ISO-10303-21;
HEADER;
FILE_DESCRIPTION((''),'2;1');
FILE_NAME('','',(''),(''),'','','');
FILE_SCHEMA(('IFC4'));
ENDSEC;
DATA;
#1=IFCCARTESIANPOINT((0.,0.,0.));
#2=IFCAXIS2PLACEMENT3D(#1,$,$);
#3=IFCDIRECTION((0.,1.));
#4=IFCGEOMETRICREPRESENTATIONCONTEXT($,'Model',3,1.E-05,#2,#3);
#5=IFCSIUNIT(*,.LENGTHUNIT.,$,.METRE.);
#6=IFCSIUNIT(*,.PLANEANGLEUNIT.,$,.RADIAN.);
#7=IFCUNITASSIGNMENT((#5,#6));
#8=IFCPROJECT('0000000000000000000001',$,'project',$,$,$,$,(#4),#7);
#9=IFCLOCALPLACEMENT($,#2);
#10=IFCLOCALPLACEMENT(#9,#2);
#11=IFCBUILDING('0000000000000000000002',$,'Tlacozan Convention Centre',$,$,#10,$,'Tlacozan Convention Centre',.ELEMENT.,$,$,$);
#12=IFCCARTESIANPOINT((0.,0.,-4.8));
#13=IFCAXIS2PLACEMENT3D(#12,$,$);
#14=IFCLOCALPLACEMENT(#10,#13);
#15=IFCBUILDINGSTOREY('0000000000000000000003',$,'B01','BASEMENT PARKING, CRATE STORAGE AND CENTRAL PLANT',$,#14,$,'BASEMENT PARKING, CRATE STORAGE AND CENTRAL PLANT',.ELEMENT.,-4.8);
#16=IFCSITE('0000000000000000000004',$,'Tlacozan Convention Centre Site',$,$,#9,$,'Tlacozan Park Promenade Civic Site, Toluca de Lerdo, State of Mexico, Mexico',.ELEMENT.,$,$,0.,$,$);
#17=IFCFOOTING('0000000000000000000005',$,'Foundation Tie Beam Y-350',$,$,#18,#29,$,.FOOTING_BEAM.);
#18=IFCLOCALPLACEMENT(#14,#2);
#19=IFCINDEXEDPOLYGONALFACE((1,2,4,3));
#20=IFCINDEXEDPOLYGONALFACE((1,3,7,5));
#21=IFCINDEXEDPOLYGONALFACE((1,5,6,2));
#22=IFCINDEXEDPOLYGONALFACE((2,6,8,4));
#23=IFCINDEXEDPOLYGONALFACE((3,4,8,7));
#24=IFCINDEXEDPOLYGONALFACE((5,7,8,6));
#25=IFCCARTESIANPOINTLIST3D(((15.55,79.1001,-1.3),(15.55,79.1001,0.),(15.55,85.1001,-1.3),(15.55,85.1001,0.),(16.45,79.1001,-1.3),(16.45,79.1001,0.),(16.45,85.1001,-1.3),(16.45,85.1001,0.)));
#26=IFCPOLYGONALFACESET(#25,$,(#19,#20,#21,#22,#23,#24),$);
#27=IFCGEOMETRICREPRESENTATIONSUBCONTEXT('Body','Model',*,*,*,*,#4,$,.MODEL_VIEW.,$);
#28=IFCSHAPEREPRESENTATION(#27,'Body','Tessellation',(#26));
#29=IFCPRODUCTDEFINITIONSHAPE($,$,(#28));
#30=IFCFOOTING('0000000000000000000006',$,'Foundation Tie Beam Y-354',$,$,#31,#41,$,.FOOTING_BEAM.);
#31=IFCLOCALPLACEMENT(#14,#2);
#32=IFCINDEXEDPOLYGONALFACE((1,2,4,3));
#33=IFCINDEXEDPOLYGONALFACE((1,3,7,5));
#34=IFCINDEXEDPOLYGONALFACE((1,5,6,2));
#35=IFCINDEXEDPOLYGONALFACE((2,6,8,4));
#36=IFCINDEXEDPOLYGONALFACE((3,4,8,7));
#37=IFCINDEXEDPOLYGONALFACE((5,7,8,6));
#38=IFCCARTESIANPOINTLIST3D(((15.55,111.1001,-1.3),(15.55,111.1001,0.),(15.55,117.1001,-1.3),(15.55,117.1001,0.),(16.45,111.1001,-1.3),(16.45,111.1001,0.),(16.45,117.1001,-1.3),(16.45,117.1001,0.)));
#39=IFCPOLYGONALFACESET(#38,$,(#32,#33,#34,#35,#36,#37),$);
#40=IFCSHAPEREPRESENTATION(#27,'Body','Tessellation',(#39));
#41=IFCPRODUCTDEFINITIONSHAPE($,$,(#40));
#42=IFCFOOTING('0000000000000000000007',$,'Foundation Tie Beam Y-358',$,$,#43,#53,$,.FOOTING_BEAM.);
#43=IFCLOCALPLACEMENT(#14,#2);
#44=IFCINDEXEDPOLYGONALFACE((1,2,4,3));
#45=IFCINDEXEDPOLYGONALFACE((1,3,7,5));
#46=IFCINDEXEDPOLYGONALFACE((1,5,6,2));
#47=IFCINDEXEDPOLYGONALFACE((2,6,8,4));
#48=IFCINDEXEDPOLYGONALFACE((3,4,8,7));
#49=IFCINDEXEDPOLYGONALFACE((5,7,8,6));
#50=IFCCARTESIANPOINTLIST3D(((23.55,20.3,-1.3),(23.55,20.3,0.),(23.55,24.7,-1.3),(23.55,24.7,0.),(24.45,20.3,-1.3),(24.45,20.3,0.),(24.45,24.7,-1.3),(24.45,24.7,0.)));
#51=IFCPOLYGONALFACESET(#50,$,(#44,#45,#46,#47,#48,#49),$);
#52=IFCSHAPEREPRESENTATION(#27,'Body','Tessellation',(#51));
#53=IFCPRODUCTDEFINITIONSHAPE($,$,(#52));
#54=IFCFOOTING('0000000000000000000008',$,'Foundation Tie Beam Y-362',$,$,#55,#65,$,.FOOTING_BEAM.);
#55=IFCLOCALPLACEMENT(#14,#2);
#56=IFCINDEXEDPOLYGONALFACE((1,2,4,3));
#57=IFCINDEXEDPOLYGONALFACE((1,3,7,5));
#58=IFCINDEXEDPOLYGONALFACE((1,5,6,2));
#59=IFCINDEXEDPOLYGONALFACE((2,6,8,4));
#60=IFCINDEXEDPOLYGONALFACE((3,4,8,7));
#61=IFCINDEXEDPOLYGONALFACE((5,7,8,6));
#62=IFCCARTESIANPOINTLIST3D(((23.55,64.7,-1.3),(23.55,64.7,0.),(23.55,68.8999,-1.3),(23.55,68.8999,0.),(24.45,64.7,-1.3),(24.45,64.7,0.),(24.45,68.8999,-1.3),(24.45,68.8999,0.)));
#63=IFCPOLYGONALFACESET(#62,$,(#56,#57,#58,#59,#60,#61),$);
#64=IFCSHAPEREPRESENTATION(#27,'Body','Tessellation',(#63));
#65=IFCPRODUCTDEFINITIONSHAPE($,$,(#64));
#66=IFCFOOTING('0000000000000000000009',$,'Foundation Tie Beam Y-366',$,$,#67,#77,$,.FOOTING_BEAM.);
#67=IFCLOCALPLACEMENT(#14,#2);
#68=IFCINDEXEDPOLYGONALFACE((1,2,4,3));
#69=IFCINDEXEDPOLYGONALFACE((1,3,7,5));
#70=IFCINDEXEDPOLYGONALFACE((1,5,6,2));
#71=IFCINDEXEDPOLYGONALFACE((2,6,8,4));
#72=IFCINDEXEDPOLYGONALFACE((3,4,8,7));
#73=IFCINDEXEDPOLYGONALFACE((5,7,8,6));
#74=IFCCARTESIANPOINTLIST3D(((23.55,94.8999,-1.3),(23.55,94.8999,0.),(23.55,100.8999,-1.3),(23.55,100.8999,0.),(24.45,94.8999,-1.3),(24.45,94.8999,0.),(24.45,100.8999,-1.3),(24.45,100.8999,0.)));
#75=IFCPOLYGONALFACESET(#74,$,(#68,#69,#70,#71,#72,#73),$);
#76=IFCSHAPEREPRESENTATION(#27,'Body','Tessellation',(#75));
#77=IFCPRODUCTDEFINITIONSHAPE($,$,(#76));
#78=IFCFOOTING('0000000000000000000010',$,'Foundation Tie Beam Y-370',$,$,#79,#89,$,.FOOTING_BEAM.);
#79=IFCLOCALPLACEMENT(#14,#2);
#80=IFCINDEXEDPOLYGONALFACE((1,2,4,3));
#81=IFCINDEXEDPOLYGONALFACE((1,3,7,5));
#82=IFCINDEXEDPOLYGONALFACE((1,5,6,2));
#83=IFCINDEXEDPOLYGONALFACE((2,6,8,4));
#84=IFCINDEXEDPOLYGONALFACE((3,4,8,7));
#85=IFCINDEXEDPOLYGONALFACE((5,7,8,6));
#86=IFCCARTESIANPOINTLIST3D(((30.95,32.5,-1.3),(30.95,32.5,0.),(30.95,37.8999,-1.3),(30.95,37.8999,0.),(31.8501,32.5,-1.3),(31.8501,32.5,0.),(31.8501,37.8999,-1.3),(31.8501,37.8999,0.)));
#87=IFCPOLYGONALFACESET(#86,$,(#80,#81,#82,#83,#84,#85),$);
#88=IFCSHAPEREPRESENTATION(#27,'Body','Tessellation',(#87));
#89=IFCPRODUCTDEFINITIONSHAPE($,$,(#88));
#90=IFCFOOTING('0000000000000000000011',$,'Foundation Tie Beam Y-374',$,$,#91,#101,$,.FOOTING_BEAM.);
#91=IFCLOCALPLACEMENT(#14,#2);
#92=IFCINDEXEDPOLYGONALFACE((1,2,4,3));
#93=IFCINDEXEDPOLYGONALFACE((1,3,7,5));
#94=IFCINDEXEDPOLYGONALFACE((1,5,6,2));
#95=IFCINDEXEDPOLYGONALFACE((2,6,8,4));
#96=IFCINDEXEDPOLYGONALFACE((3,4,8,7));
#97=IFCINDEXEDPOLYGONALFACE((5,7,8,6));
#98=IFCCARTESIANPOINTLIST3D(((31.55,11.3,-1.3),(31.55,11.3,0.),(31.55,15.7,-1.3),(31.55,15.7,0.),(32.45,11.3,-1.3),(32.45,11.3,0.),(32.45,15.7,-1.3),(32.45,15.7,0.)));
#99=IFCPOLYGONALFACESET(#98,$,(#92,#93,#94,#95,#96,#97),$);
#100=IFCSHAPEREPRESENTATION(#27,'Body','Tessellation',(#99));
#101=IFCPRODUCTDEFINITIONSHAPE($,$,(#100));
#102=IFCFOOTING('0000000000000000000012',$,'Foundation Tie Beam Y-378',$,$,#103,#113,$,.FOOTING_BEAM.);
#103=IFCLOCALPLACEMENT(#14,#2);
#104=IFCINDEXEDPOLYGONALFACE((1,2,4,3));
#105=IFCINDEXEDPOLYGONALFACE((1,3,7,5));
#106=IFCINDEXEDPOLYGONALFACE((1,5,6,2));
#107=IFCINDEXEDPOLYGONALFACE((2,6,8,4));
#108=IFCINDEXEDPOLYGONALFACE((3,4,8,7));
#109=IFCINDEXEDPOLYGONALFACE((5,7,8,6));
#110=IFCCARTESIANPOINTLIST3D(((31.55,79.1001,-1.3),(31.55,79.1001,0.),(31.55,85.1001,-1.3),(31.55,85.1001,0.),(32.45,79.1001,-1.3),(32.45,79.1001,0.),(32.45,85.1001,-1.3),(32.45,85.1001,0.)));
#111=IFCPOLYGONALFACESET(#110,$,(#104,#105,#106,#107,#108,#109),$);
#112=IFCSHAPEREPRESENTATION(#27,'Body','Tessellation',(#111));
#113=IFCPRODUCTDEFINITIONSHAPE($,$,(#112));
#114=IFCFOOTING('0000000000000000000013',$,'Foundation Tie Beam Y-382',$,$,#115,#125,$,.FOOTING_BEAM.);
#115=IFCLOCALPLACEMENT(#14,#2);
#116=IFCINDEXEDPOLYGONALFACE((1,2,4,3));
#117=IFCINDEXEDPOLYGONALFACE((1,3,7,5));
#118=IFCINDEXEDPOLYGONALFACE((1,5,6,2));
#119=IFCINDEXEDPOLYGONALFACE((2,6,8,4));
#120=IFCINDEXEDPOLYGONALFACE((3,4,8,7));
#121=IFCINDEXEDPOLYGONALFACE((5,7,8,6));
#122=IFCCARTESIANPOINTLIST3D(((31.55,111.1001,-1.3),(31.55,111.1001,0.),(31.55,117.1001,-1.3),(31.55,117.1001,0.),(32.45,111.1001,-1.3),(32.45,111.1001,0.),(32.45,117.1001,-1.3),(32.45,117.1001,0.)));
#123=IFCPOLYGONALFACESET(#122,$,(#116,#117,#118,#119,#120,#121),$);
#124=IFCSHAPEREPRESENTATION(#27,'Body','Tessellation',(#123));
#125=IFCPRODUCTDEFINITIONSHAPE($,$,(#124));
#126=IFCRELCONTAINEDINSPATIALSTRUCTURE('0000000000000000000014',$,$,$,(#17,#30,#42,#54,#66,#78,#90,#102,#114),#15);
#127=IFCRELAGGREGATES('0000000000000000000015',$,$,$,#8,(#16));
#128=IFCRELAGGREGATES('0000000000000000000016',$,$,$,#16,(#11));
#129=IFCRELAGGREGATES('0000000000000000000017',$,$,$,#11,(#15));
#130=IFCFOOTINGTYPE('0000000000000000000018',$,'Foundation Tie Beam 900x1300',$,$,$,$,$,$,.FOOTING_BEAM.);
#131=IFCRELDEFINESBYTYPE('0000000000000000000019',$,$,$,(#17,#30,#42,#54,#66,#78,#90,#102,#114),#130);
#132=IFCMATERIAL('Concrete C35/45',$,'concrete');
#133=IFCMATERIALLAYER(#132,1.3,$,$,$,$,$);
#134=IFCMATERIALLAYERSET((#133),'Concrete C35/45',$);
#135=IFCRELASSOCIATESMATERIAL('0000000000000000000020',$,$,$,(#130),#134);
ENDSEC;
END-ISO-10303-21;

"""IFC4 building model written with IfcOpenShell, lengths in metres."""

from ifc_helpers import new_model, si_unit, direction, frame, origin, place, context, subcontext, project, spatial, polyline, outline, extrude, material, layer, layer_set, type_object, element, save


model = new_model("IFC4")

# Units and contexts
model_context = context("Model", 3, precision=1e-05, world=origin(), true_north=direction((0.0, 1.0)))
body_context = subcontext(model_context, "Body", "Model", "MODEL_VIEW")
ifc_project = project(units=[si_unit("LENGTHUNIT", "METRE"), si_unit("PLANEANGLEUNIT", "RADIAN")], contexts=[model_context])

# Site, building, storey
site_placement = place(None, origin())
site = spatial("IfcSite", under=ifc_project, at=site_placement, Name="Tlacozan Convention Centre Site", LongName="Tlacozan Park Promenade Civic Site, Toluca de Lerdo, State of Mexico, Mexico", CompositionType="ELEMENT", RefElevation=0.0)
building_placement = place(site_placement, origin())
building = spatial("IfcBuilding", under=site, at=building_placement, Name="Tlacozan Convention Centre", LongName="Tlacozan Convention Centre", CompositionType="ELEMENT")
storey_placement = place(building_placement, frame((0.0, 0.0, -4.8)))
storey = spatial("IfcBuildingStorey", under=building, at=storey_placement, Name="B01", Description="BASEMENT PARKING, CRATE STORAGE AND CENTRAL PLANT", LongName="BASEMENT PARKING, CRATE STORAGE AND CENTRAL PLANT", CompositionType="ELEMENT", Elevation=-4.8)

# Footings
ifc_material = material(Name="Concrete C35/45", Category="concrete")
ifc_layer = layer(ifc_material, 1.3)
ifc_layer_set = layer_set([ifc_layer], Name="Concrete C35/45")
footing_type = type_object("IfcFootingType", Name="Foundation Tie Beam 900x1300", PredefinedType="FOOTING_BEAM", material=ifc_layer_set)
footing_1_placement = place(storey_placement, frame((0.0, 0.0, -1.3)))
element("IfcFooting", 1, at=footing_1_placement, inside=storey, type_object=footing_type, Name="Foundation Tie Beam Y-350", PredefinedType="FOOTING_BEAM", context=body_context, shape_type="SweptSolid", body=[
    extrude(outline(polyline([(15.55, 79.1001), (16.45, 79.1001), (16.45, 85.1001), (15.55, 85.1001), (15.55, 79.1001)])), origin(), (0.0, 0.0, 1.0), 1.3),
])
footing_2_placement = place(storey_placement, frame((0.0, 0.0, -1.3)))
element("IfcFooting", 2, at=footing_2_placement, inside=storey, type_object=footing_type, Name="Foundation Tie Beam Y-354", PredefinedType="FOOTING_BEAM", context=body_context, shape_type="SweptSolid", body=[
    extrude(outline(polyline([(15.55, 111.1001), (16.45, 111.1001), (16.45, 117.1001), (15.55, 117.1001), (15.55, 111.1001)])), origin(), (0.0, 0.0, 1.0), 1.3),
])
footing_3_placement = place(storey_placement, frame((0.0, 0.0, -1.3)))
element("IfcFooting", 3, at=footing_3_placement, inside=storey, type_object=footing_type, Name="Foundation Tie Beam Y-358", PredefinedType="FOOTING_BEAM", context=body_context, shape_type="SweptSolid", body=[
    extrude(outline(polyline([(23.55, 20.3), (24.45, 20.3), (24.45, 24.7), (23.55, 24.7), (23.55, 20.3)])), origin(), (0.0, 0.0, 1.0), 1.3),
])
footing_4_placement = place(storey_placement, frame((0.0, 0.0, -1.3)))
element("IfcFooting", 4, at=footing_4_placement, inside=storey, type_object=footing_type, Name="Foundation Tie Beam Y-362", PredefinedType="FOOTING_BEAM", context=body_context, shape_type="SweptSolid", body=[
    extrude(outline(polyline([(23.55, 64.7), (24.45, 64.7), (24.45, 68.8999), (23.55, 68.8999), (23.55, 64.7)])), origin(), (0.0, 0.0, 1.0), 1.3),
])
footing_5_placement = place(storey_placement, frame((0.0, 0.0, -1.3)))
element("IfcFooting", 5, at=footing_5_placement, inside=storey, type_object=footing_type, Name="Foundation Tie Beam Y-366", PredefinedType="FOOTING_BEAM", context=body_context, shape_type="SweptSolid", body=[
    extrude(outline(polyline([(23.55, 94.8999), (24.45, 94.8999), (24.45, 100.8999), (23.55, 100.8999), (23.55, 94.8999)])), origin(), (0.0, 0.0, 1.0), 1.3),
])
footing_6_placement = place(storey_placement, frame((0.0, 0.0, -1.3)))
element("IfcFooting", 6, at=footing_6_placement, inside=storey, type_object=footing_type, Name="Foundation Tie Beam Y-370", PredefinedType="FOOTING_BEAM", context=body_context, shape_type="SweptSolid", body=[
    extrude(outline(polyline([(30.95, 32.5), (31.8501, 32.5), (31.8501, 37.8999), (30.95, 37.8999), (30.95, 32.5)])), origin(), (0.0, 0.0, 1.0), 1.3),
])
footing_7_placement = place(storey_placement, frame((0.0, 0.0, -1.3)))
element("IfcFooting", 7, at=footing_7_placement, inside=storey, type_object=footing_type, Name="Foundation Tie Beam Y-374", PredefinedType="FOOTING_BEAM", context=body_context, shape_type="SweptSolid", body=[
    extrude(outline(polyline([(31.55, 11.3), (32.45, 11.3), (32.45, 15.7), (31.55, 15.7), (31.55, 11.3)])), origin(), (0.0, 0.0, 1.0), 1.3),
])
footing_8_placement = place(storey_placement, frame((0.0, 0.0, -1.3)))
element("IfcFooting", 8, at=footing_8_placement, inside=storey, type_object=footing_type, Name="Foundation Tie Beam Y-378", PredefinedType="FOOTING_BEAM", context=body_context, shape_type="SweptSolid", body=[
    extrude(outline(polyline([(31.55, 79.1001), (32.45, 79.1001), (32.45, 85.1001), (31.55, 85.1001), (31.55, 79.1001)])), origin(), (0.0, 0.0, 1.0), 1.3),
])
footing_9_placement = place(storey_placement, frame((0.0, 0.0, -1.3)))
element("IfcFooting", 9, at=footing_9_placement, inside=storey, type_object=footing_type, Name="Foundation Tie Beam Y-382", PredefinedType="FOOTING_BEAM", context=body_context, shape_type="SweptSolid", body=[
    extrude(outline(polyline([(31.55, 111.1001), (32.45, 111.1001), (32.45, 117.1001), (31.55, 117.1001), (31.55, 111.1001)])), origin(), (0.0, 0.0, 1.0), 1.3),
])

save(model, "model.ifc")
